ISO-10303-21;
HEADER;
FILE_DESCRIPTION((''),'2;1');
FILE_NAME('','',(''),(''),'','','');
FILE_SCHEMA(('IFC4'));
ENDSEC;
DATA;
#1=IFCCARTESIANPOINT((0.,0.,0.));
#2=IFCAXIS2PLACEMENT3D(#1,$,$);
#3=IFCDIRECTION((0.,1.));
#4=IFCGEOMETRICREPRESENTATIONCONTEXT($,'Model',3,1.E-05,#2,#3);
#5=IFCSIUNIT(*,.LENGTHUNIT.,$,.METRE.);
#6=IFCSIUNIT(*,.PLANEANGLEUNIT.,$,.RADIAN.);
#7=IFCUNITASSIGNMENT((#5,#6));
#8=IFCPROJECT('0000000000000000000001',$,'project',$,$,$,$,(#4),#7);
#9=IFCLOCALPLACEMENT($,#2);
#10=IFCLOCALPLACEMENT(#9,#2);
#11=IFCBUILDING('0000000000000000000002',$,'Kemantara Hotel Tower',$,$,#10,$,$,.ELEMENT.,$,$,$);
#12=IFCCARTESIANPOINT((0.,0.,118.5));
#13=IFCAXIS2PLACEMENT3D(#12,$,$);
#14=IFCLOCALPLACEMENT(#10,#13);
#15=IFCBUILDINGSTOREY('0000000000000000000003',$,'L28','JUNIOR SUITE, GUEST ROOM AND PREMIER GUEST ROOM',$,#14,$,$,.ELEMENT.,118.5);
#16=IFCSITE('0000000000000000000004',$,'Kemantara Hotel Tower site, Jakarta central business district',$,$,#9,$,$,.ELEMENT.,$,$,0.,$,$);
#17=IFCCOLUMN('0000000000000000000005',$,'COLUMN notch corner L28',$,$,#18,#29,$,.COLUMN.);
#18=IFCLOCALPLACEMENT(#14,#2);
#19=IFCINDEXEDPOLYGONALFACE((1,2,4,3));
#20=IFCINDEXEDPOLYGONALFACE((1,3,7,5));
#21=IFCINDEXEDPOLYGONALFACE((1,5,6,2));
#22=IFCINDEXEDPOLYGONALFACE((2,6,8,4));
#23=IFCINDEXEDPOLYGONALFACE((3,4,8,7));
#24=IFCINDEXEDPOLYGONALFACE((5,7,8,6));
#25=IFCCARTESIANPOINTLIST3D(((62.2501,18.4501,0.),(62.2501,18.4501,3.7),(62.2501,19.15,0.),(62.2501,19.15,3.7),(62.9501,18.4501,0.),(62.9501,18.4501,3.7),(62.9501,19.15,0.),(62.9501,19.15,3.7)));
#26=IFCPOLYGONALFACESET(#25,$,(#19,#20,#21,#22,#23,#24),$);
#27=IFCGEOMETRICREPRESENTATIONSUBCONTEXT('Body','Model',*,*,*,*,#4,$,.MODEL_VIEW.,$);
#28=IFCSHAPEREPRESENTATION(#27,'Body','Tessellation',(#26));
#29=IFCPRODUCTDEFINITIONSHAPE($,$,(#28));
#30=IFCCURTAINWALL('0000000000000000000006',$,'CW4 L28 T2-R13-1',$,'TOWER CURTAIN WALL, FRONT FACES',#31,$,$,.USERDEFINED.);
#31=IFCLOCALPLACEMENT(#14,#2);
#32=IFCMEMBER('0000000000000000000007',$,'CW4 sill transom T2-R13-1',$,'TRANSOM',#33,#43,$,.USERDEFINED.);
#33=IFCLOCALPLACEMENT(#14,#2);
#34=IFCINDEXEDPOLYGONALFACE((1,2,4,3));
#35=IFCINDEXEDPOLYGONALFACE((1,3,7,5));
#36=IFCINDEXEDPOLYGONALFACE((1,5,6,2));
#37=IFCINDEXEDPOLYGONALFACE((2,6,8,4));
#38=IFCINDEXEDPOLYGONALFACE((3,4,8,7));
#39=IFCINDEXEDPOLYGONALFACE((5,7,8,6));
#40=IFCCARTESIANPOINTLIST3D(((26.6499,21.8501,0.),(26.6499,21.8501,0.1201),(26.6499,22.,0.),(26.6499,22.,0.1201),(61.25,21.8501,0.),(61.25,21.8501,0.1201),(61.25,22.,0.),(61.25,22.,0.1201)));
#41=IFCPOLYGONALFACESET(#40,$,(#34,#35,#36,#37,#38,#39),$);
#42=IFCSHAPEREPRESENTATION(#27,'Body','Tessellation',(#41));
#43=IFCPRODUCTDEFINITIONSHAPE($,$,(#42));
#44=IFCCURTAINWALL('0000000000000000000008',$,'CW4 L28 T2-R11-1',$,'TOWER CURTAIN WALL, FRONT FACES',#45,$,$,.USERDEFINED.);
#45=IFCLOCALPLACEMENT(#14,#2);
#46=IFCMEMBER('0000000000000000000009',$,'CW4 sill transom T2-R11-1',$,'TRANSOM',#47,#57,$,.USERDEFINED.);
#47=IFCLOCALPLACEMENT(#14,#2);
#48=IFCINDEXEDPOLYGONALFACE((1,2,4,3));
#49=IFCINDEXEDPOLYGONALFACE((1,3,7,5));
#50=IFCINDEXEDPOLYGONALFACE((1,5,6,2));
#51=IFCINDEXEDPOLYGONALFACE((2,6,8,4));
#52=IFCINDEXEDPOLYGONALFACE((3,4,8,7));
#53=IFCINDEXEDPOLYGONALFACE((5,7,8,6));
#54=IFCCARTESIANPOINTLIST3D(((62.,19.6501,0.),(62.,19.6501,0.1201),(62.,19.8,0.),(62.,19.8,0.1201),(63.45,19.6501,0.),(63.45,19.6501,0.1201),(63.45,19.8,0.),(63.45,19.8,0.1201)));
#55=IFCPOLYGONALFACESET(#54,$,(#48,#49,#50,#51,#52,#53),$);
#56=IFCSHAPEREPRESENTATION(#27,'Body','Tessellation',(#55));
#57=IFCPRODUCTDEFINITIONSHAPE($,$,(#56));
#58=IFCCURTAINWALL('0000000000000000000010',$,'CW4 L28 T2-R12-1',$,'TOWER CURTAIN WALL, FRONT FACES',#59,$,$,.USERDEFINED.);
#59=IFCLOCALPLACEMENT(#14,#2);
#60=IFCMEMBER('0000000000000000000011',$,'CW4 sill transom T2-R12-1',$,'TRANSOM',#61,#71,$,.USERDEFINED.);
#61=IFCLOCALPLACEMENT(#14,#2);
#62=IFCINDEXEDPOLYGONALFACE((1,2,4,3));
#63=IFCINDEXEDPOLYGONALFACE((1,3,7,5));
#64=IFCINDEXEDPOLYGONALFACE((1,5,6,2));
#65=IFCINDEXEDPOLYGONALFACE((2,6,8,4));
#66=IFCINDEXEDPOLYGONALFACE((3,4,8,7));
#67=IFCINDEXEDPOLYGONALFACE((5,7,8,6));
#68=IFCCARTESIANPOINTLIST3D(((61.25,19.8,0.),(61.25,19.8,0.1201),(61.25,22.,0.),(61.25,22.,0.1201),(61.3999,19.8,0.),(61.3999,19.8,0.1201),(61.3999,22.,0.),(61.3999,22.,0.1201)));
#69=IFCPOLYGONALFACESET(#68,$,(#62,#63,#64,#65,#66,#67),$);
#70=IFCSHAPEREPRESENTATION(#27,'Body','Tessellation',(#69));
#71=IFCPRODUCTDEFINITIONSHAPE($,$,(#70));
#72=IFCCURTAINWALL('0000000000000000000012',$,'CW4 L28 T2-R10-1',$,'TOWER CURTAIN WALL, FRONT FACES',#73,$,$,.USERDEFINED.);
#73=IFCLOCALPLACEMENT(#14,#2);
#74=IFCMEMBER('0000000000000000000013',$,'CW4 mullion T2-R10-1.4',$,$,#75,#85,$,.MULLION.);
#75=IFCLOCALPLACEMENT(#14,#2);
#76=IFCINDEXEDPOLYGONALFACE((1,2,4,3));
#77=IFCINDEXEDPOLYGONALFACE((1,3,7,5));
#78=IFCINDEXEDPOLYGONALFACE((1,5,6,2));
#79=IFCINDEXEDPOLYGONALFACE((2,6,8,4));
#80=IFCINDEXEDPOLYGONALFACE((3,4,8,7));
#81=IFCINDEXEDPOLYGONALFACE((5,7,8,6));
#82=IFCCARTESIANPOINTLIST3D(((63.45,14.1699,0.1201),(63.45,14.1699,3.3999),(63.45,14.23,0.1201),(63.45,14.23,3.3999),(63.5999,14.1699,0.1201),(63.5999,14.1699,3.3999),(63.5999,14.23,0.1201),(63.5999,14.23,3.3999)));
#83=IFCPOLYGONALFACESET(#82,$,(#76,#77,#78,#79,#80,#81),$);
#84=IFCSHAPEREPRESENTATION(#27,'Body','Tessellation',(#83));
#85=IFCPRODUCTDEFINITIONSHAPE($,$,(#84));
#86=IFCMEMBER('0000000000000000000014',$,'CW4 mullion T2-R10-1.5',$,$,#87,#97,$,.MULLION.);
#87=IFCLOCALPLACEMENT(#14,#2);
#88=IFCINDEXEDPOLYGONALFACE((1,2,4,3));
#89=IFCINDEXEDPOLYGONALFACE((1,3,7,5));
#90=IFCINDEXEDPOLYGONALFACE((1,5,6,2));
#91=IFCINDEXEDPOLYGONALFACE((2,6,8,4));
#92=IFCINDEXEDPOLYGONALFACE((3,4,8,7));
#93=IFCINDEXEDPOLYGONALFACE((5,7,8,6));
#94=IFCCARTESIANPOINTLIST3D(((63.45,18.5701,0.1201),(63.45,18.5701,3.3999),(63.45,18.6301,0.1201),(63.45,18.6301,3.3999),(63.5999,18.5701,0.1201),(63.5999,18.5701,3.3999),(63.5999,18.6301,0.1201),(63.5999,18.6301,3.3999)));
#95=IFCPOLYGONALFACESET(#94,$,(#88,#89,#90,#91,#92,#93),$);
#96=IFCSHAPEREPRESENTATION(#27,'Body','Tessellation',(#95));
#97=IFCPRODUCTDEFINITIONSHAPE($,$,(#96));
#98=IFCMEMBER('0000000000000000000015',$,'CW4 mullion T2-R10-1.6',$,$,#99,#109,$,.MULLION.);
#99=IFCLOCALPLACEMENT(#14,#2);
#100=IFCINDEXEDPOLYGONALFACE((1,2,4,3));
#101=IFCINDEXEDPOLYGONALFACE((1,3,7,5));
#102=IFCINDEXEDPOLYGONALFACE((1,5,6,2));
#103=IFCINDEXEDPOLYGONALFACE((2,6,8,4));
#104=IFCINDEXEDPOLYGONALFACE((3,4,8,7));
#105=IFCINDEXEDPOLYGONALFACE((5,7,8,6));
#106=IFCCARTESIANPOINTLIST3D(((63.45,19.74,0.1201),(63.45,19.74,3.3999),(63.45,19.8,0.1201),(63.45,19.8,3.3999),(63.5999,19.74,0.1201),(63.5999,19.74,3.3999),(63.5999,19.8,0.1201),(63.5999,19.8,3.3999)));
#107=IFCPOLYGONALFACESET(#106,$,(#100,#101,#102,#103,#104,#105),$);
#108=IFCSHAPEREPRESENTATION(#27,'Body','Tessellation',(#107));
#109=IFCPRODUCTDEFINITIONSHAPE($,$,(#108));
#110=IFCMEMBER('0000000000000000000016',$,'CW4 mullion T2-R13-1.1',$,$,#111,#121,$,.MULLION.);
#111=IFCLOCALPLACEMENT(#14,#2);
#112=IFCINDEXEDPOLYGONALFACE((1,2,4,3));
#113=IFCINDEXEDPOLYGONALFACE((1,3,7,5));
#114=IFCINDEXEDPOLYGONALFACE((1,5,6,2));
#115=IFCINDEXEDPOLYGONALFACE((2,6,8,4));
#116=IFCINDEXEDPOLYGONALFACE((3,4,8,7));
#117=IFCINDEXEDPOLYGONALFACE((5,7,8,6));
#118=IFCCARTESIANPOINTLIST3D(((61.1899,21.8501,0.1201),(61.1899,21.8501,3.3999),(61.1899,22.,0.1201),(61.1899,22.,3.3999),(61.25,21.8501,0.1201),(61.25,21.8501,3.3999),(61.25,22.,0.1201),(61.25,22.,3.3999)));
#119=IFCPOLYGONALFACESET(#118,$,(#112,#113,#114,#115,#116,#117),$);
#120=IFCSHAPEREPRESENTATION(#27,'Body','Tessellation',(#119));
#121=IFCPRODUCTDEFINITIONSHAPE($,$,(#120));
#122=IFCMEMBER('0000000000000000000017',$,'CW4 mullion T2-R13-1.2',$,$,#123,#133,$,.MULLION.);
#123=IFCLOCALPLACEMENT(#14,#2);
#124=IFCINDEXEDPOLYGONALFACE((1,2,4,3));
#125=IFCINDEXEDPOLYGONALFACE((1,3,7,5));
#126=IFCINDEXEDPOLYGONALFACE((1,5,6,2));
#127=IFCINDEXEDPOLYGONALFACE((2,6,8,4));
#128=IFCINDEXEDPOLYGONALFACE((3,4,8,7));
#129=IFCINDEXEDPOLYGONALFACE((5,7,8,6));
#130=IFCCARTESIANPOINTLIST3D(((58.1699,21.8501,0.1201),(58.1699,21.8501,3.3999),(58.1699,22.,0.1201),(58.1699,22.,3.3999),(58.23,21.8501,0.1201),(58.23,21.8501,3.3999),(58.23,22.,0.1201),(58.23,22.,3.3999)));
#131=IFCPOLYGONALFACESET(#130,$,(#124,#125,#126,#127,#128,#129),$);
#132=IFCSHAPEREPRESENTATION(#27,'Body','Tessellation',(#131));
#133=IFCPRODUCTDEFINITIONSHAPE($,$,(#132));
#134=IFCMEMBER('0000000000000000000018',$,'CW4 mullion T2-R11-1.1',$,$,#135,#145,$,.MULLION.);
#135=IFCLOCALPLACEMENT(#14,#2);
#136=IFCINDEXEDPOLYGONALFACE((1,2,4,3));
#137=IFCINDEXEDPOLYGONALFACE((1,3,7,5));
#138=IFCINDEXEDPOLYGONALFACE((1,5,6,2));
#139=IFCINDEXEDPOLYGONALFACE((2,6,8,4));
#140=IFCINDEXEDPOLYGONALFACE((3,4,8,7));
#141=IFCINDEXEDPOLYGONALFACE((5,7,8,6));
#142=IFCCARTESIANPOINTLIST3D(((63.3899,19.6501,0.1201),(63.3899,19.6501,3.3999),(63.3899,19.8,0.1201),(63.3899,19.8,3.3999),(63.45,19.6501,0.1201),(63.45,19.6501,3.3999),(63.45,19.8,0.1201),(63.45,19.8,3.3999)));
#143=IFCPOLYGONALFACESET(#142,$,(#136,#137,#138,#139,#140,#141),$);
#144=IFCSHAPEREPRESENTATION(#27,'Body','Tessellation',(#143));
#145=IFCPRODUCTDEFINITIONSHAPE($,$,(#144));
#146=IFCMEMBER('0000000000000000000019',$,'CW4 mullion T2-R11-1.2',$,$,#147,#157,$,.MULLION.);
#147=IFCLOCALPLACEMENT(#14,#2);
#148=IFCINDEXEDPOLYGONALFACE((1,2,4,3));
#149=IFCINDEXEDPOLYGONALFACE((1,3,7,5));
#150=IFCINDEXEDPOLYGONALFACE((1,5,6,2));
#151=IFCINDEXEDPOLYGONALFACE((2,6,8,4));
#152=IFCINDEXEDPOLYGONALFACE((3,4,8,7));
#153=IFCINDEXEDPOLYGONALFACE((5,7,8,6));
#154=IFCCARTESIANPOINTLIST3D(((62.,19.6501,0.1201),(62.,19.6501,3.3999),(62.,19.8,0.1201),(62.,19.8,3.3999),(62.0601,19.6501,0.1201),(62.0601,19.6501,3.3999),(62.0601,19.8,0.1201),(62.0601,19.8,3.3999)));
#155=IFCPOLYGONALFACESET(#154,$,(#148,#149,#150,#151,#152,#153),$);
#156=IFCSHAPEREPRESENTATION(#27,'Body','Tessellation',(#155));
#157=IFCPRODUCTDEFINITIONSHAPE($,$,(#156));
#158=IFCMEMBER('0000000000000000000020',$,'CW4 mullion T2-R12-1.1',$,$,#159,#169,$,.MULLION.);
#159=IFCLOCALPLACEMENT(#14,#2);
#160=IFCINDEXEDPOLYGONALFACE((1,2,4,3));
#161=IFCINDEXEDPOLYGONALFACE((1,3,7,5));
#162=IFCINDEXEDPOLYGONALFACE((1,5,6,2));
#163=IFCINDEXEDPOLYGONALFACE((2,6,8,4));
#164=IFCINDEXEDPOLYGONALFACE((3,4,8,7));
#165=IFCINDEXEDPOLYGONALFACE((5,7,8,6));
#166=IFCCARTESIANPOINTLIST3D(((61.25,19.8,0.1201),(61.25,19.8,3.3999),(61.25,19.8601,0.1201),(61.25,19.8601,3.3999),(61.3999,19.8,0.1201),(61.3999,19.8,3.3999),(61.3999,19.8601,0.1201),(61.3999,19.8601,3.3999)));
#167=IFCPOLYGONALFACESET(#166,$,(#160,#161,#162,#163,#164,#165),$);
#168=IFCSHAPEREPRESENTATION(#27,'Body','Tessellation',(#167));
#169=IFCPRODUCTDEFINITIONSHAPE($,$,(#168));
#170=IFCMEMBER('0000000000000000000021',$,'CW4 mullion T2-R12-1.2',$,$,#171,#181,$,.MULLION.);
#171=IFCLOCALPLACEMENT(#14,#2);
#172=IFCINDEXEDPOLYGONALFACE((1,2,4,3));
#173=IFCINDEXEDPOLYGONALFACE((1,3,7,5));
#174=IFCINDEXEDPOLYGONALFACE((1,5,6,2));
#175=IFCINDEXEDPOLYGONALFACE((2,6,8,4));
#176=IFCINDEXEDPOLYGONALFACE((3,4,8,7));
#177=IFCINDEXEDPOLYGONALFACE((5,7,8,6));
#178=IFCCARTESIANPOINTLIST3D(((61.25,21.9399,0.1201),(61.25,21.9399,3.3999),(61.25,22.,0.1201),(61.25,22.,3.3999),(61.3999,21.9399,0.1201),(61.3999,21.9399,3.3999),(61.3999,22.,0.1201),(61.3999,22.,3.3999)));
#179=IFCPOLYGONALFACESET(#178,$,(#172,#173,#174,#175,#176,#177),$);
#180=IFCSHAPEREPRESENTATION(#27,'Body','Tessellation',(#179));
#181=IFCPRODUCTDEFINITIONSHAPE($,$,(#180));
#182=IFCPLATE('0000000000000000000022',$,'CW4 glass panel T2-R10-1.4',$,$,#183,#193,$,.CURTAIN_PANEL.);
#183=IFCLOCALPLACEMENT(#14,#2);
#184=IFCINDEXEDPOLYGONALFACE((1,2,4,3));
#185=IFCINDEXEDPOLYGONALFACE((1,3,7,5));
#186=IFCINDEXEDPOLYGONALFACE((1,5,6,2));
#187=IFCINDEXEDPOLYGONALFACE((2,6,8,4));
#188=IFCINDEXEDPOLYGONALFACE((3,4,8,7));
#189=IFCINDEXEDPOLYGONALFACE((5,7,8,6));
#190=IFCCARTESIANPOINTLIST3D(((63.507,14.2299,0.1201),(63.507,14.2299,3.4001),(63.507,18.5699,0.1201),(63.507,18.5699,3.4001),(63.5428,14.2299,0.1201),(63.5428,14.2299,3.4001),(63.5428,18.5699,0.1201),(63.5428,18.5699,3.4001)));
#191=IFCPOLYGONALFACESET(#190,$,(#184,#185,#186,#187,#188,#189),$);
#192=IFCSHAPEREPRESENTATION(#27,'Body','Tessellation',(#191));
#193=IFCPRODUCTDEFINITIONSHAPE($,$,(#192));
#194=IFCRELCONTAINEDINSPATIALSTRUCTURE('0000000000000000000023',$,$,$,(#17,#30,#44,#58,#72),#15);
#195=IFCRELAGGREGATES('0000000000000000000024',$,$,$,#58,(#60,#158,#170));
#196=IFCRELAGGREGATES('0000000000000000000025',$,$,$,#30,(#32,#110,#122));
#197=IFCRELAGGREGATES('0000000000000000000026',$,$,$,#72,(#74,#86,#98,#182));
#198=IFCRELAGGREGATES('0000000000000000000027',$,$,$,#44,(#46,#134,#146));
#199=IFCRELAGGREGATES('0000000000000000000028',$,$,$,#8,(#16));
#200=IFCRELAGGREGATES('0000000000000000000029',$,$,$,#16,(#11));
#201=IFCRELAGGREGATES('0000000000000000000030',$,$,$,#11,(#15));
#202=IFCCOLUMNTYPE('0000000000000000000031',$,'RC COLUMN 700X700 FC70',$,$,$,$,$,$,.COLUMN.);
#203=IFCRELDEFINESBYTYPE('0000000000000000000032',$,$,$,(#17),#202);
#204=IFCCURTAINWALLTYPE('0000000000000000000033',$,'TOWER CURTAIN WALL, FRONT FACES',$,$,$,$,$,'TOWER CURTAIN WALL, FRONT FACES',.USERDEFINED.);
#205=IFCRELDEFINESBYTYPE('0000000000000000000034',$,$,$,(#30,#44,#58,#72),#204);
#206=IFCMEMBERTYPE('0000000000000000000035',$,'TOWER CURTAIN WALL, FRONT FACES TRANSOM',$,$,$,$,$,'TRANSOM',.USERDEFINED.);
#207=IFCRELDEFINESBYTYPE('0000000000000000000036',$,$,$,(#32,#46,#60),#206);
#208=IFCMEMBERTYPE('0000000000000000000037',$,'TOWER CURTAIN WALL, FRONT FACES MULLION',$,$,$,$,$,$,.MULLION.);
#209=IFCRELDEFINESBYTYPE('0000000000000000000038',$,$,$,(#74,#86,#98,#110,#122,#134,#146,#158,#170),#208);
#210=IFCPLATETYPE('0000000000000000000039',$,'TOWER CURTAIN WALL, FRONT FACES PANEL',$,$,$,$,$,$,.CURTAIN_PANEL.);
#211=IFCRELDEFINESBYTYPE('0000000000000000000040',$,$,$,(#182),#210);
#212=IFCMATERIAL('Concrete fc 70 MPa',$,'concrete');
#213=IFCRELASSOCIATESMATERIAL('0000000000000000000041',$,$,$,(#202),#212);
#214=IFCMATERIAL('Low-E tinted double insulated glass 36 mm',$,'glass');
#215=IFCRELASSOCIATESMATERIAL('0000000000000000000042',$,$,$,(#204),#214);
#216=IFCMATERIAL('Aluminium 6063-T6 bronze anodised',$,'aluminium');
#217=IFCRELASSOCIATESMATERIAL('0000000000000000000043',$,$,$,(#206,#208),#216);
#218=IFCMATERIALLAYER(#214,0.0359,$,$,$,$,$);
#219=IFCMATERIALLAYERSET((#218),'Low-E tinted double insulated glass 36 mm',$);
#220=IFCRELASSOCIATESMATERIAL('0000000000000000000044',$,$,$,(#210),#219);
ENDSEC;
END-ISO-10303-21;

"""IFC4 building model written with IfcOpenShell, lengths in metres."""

from ifc_helpers import new_model, si_unit, direction, frame, origin, origin_2d, place, context, subcontext, project, spatial, rectangle, extrude, source, transform, mapped, material, layer, layer_set, material_profile, profile_set, type_object, element, aggregate, save


model = new_model("IFC4")

# Units and contexts
model_context = context("Model", 3, precision=1e-05, world=origin(), true_north=direction((0.0, 1.0)))
body_context = subcontext(model_context, "Body", "Model", "MODEL_VIEW")
ifc_project = project(units=[si_unit("LENGTHUNIT", "METRE"), si_unit("PLANEANGLEUNIT", "RADIAN")], contexts=[model_context])

# Site, building, storey
site_placement = place(None, origin())
site = spatial("IfcSite", under=ifc_project, at=site_placement, Name="Kemantara Hotel Tower site, Jakarta central business district", CompositionType="ELEMENT", RefElevation=0.0)
building_placement = place(site_placement, origin())
building = spatial("IfcBuilding", under=site, at=building_placement, Name="Kemantara Hotel Tower", CompositionType="ELEMENT")
storey_placement = place(building_placement, frame((0.0, 0.0, 118.5)))
storey = spatial("IfcBuildingStorey", under=building, at=storey_placement, Name="L28", Description="JUNIOR SUITE, GUEST ROOM AND PREMIER GUEST ROOM", CompositionType="ELEMENT", Elevation=118.5)

# Column
ifc_material_1 = material(Name="Concrete fc 70 MPa", Category="concrete")
ifc_material_profile_1 = material_profile(ifc_material_1, rectangle(XDim=0.7, YDim=0.7, at=origin_2d()), Name="RC 700X700")
ifc_profile_set_1 = profile_set([ifc_material_profile_1], Name="Concrete fc 70 MPa")
column_type = type_object("IfcColumnType", Name="RC COLUMN 700X700 FC70", PredefinedType="COLUMN", material=ifc_profile_set_1)
column_placement = place(storey_placement, frame((62.6001, 18.8, 0.0), z_axis=(0.0, 0.0, 1.0), x_axis=(1.0, 0.0, 0.0)))
element("IfcColumn", 1, at=column_placement, inside=storey, type_object=column_type, Name="COLUMN notch corner L28", PredefinedType="COLUMN", context=body_context, shape_type="SweptSolid", body=[
    extrude(rectangle(XDim=0.7, YDim=0.7, at=origin_2d()), origin(), (0.0, 0.0, 1.0), 3.7),
])

# Curtain walls, members
ifc_material_2 = material(Name="Low-E tinted double insulated glass 36 mm", Category="glass")
curtain_wall_type = type_object("IfcCurtainWallType", Name="TOWER CURTAIN WALL, FRONT FACES", ElementType="TOWER CURTAIN WALL, FRONT FACES", PredefinedType="USERDEFINED", material=ifc_material_2)
curtain_wall_1_placement = place(storey_placement, origin())
curtain_wall_1 = element("IfcCurtainWall", 2, at=curtain_wall_1_placement, inside=storey, type_object=curtain_wall_type, Name="CW4 L28 T2-R13-1", ObjectType="TOWER CURTAIN WALL, FRONT FACES", PredefinedType="USERDEFINED")
ifc_material_3 = material(Name="Aluminium 6063-T6 bronze anodised", Category="aluminium")
ifc_material_profile_2 = material_profile(ifc_material_3, rectangle(XDim=0.1499, YDim=0.1201, at=origin_2d()), Name="TOWER CURTAIN WALL, FRONT FACES TRANSOM")
ifc_profile_set_2 = profile_set([ifc_material_profile_2], Name="Aluminium 6063-T6 bronze anodised")
member_type_1 = type_object("IfcMemberType", Name="TOWER CURTAIN WALL, FRONT FACES TRANSOM", ElementType="TRANSOM", PredefinedType="USERDEFINED", material=ifc_profile_set_2)
member_1_placement = place(storey_placement, frame((61.25, 21.925, 0.0601), z_axis=(-1.0, 0.0, 0.0), x_axis=(0.0, -1.0, 0.0)))
member_1 = element("IfcMember", 3, at=member_1_placement, type_object=member_type_1, Name="CW4 sill transom T2-R13-1", ObjectType="TRANSOM", PredefinedType="USERDEFINED", context=body_context, shape_type="SweptSolid", body=[
    extrude(rectangle(XDim=0.1499, YDim=0.1201, at=origin_2d()), origin(), (0.0, 0.0, 1.0), 34.6001),
])
curtain_wall_2_placement = place(storey_placement, origin())
curtain_wall_2 = element("IfcCurtainWall", 4, at=curtain_wall_2_placement, inside=storey, type_object=curtain_wall_type, Name="CW4 L28 T2-R11-1", ObjectType="TOWER CURTAIN WALL, FRONT FACES", PredefinedType="USERDEFINED")
member_2_placement = place(storey_placement, frame((63.45, 19.7251, 0.0601), z_axis=(-1.0, 0.0, 0.0), x_axis=(0.0, -1.0, 0.0)))
member_2 = element("IfcMember", 5, at=member_2_placement, type_object=member_type_1, Name="CW4 sill transom T2-R11-1", ObjectType="TRANSOM", PredefinedType="USERDEFINED", context=body_context, shape_type="SweptSolid", body=[
    extrude(rectangle(XDim=0.1499, YDim=0.1201, at=origin_2d()), origin(), (0.0, 0.0, 1.0), 1.45),
])
curtain_wall_3_placement = place(storey_placement, origin())
curtain_wall_3 = element("IfcCurtainWall", 6, at=curtain_wall_3_placement, inside=storey, type_object=curtain_wall_type, Name="CW4 L28 T2-R12-1", ObjectType="TOWER CURTAIN WALL, FRONT FACES", PredefinedType="USERDEFINED")
member_3_placement = place(storey_placement, frame((61.325, 19.8, 0.0601), z_axis=(0.0, 1.0, 0.0), x_axis=(-1.0, 0.0, 0.0)))
member_3 = element("IfcMember", 7, at=member_3_placement, type_object=member_type_1, Name="CW4 sill transom T2-R12-1", ObjectType="TRANSOM", PredefinedType="USERDEFINED", context=body_context, shape_type="SweptSolid", body=[
    extrude(rectangle(XDim=0.1499, YDim=0.1201, at=origin_2d()), origin(), (0.0, 0.0, 1.0), 2.2),
])

# Curtain wall, members
curtain_wall_4_placement = place(storey_placement, origin())
curtain_wall_4 = element("IfcCurtainWall", 8, at=curtain_wall_4_placement, inside=storey, type_object=curtain_wall_type, Name="CW4 L28 T2-R10-1", ObjectType="TOWER CURTAIN WALL, FRONT FACES", PredefinedType="USERDEFINED")
ifc_material_profile_3 = material_profile(ifc_material_3, rectangle(XDim=0.1499, YDim=0.0601, at=origin_2d()), Name="TOWER CURTAIN WALL, FRONT FACES MULLION")
ifc_profile_set_3 = profile_set([ifc_material_profile_3], Name="Aluminium 6063-T6 bronze anodised")
member_type_2 = type_object("IfcMemberType", Name="TOWER CURTAIN WALL, FRONT FACES MULLION", PredefinedType="MULLION", material=ifc_profile_set_3)
shared_shape_1 = source(origin(), body_context, "Body", "SweptSolid", [
    extrude(rectangle(XDim=0.1499, YDim=0.0601, at=origin_2d()), origin(), (0.0, 0.0, 1.0), 3.2798),
])
member_4_placement = place(storey_placement, frame((63.5249, 14.2, 0.1201), z_axis=(0.0, 0.0, 1.0), x_axis=(-1.0, 0.0, 0.0)))
member_4 = element("IfcMember", 9, at=member_4_placement, type_object=member_type_2, Name="CW4 mullion T2-R10-1.4", PredefinedType="MULLION", context=body_context, shape_type="MappedRepresentation", body=[
    mapped(shared_shape_1, transform((0.0, 0.0, 0.0))),
])
member_5_placement = place(storey_placement, frame((63.5249, 18.6001, 0.1201), z_axis=(0.0, 0.0, 1.0), x_axis=(-1.0, 0.0, 0.0)))
member_5 = element("IfcMember", 10, at=member_5_placement, type_object=member_type_2, Name="CW4 mullion T2-R10-1.5", PredefinedType="MULLION", context=body_context, shape_type="MappedRepresentation", body=[
    mapped(shared_shape_1, transform((0.0, 0.0, 0.0))),
])
member_6_placement = place(storey_placement, frame((63.5249, 19.77, 0.1201), z_axis=(0.0, 0.0, 1.0), x_axis=(-1.0, 0.0, 0.0)))
member_6 = element("IfcMember", 11, at=member_6_placement, type_object=member_type_2, Name="CW4 mullion T2-R10-1.6", PredefinedType="MULLION", context=body_context, shape_type="MappedRepresentation", body=[
    mapped(shared_shape_1, transform((0.0, 0.0, 0.0))),
])

# Members
member_7_placement = place(storey_placement, frame((61.22, 21.925, 0.1201), z_axis=(0.0, 0.0, 1.0), x_axis=(0.0, -1.0, 0.0)))
member_7 = element("IfcMember", 12, at=member_7_placement, type_object=member_type_2, Name="CW4 mullion T2-R13-1.1", PredefinedType="MULLION", context=body_context, shape_type="MappedRepresentation", body=[
    mapped(shared_shape_1, transform((0.0, 0.0, 0.0))),
])
member_8_placement = place(storey_placement, frame((58.2, 21.925, 0.1201), z_axis=(0.0, 0.0, 1.0), x_axis=(0.0, -1.0, 0.0)))
member_8 = element("IfcMember", 13, at=member_8_placement, type_object=member_type_2, Name="CW4 mullion T2-R13-1.2", PredefinedType="MULLION", context=body_context, shape_type="MappedRepresentation", body=[
    mapped(shared_shape_1, transform((0.0, 0.0, 0.0))),
])
member_9_placement = place(storey_placement, frame((63.4199, 19.7251, 0.1201), z_axis=(0.0, 0.0, 1.0), x_axis=(0.0, -1.0, 0.0)))
member_9 = element("IfcMember", 14, at=member_9_placement, type_object=member_type_2, Name="CW4 mullion T2-R11-1.1", PredefinedType="MULLION", context=body_context, shape_type="MappedRepresentation", body=[
    mapped(shared_shape_1, transform((0.0, 0.0, 0.0))),
])
member_10_placement = place(storey_placement, frame((62.03, 19.7251, 0.1201), z_axis=(0.0, 0.0, 1.0), x_axis=(0.0, -1.0, 0.0)))
member_10 = element("IfcMember", 15, at=member_10_placement, type_object=member_type_2, Name="CW4 mullion T2-R11-1.2", PredefinedType="MULLION", context=body_context, shape_type="MappedRepresentation", body=[
    mapped(shared_shape_1, transform((0.0, 0.0, 0.0))),
])
member_11_placement = place(storey_placement, frame((61.325, 19.8301, 0.1201), z_axis=(0.0, 0.0, 1.0), x_axis=(-1.0, 0.0, 0.0)))
member_11 = element("IfcMember", 16, at=member_11_placement, type_object=member_type_2, Name="CW4 mullion T2-R12-1.1", PredefinedType="MULLION", context=body_context, shape_type="MappedRepresentation", body=[
    mapped(shared_shape_1, transform((0.0, 0.0, 0.0))),
])
member_12_placement = place(storey_placement, frame((61.325, 21.97, 0.1201), z_axis=(0.0, 0.0, 1.0), x_axis=(-1.0, 0.0, 0.0)))
member_12 = element("IfcMember", 17, at=member_12_placement, type_object=member_type_2, Name="CW4 mullion T2-R12-1.2", PredefinedType="MULLION", context=body_context, shape_type="MappedRepresentation", body=[
    mapped(shared_shape_1, transform((0.0, 0.0, 0.0))),
])

# Plate
ifc_layer_1 = layer(ifc_material_2, 0.0359)
ifc_layer_set_1 = layer_set([ifc_layer_1], Name="Low-E tinted double insulated glass 36 mm")
plate_type = type_object("IfcPlateType", Name="TOWER CURTAIN WALL, FRONT FACES PANEL", PredefinedType="CURTAIN_PANEL", material=ifc_layer_set_1)
shared_shape_2 = source(origin(), body_context, "Body", "SweptSolid", [
    extrude(rectangle(XDim=4.3401, YDim=0.0359, at=origin_2d()), origin(), (0.0, 0.0, 1.0), 3.28),
])
plate_1_placement = place(storey_placement, frame((63.5249, 16.3999, 0.1201), z_axis=(0.0, 0.0, 1.0), x_axis=(0.0, 1.0, 0.0)))
plate_1 = element("IfcPlate", 18, at=plate_1_placement, type_object=plate_type, Name="CW4 glass panel T2-R10-1.4", PredefinedType="CURTAIN_PANEL", context=body_context, shape_type="MappedRepresentation", body=[
    mapped(shared_shape_2, transform((0.0, 0.0, 0.0))),
])
aggregate(curtain_wall_3, [member_3, member_11, member_12])
aggregate(curtain_wall_1, [member_1, member_7, member_8])
aggregate(curtain_wall_4, [member_4, member_5, member_6, plate_1])
aggregate(curtain_wall_2, [member_2, member_9, member_10])

save(model, "model.ifc")
